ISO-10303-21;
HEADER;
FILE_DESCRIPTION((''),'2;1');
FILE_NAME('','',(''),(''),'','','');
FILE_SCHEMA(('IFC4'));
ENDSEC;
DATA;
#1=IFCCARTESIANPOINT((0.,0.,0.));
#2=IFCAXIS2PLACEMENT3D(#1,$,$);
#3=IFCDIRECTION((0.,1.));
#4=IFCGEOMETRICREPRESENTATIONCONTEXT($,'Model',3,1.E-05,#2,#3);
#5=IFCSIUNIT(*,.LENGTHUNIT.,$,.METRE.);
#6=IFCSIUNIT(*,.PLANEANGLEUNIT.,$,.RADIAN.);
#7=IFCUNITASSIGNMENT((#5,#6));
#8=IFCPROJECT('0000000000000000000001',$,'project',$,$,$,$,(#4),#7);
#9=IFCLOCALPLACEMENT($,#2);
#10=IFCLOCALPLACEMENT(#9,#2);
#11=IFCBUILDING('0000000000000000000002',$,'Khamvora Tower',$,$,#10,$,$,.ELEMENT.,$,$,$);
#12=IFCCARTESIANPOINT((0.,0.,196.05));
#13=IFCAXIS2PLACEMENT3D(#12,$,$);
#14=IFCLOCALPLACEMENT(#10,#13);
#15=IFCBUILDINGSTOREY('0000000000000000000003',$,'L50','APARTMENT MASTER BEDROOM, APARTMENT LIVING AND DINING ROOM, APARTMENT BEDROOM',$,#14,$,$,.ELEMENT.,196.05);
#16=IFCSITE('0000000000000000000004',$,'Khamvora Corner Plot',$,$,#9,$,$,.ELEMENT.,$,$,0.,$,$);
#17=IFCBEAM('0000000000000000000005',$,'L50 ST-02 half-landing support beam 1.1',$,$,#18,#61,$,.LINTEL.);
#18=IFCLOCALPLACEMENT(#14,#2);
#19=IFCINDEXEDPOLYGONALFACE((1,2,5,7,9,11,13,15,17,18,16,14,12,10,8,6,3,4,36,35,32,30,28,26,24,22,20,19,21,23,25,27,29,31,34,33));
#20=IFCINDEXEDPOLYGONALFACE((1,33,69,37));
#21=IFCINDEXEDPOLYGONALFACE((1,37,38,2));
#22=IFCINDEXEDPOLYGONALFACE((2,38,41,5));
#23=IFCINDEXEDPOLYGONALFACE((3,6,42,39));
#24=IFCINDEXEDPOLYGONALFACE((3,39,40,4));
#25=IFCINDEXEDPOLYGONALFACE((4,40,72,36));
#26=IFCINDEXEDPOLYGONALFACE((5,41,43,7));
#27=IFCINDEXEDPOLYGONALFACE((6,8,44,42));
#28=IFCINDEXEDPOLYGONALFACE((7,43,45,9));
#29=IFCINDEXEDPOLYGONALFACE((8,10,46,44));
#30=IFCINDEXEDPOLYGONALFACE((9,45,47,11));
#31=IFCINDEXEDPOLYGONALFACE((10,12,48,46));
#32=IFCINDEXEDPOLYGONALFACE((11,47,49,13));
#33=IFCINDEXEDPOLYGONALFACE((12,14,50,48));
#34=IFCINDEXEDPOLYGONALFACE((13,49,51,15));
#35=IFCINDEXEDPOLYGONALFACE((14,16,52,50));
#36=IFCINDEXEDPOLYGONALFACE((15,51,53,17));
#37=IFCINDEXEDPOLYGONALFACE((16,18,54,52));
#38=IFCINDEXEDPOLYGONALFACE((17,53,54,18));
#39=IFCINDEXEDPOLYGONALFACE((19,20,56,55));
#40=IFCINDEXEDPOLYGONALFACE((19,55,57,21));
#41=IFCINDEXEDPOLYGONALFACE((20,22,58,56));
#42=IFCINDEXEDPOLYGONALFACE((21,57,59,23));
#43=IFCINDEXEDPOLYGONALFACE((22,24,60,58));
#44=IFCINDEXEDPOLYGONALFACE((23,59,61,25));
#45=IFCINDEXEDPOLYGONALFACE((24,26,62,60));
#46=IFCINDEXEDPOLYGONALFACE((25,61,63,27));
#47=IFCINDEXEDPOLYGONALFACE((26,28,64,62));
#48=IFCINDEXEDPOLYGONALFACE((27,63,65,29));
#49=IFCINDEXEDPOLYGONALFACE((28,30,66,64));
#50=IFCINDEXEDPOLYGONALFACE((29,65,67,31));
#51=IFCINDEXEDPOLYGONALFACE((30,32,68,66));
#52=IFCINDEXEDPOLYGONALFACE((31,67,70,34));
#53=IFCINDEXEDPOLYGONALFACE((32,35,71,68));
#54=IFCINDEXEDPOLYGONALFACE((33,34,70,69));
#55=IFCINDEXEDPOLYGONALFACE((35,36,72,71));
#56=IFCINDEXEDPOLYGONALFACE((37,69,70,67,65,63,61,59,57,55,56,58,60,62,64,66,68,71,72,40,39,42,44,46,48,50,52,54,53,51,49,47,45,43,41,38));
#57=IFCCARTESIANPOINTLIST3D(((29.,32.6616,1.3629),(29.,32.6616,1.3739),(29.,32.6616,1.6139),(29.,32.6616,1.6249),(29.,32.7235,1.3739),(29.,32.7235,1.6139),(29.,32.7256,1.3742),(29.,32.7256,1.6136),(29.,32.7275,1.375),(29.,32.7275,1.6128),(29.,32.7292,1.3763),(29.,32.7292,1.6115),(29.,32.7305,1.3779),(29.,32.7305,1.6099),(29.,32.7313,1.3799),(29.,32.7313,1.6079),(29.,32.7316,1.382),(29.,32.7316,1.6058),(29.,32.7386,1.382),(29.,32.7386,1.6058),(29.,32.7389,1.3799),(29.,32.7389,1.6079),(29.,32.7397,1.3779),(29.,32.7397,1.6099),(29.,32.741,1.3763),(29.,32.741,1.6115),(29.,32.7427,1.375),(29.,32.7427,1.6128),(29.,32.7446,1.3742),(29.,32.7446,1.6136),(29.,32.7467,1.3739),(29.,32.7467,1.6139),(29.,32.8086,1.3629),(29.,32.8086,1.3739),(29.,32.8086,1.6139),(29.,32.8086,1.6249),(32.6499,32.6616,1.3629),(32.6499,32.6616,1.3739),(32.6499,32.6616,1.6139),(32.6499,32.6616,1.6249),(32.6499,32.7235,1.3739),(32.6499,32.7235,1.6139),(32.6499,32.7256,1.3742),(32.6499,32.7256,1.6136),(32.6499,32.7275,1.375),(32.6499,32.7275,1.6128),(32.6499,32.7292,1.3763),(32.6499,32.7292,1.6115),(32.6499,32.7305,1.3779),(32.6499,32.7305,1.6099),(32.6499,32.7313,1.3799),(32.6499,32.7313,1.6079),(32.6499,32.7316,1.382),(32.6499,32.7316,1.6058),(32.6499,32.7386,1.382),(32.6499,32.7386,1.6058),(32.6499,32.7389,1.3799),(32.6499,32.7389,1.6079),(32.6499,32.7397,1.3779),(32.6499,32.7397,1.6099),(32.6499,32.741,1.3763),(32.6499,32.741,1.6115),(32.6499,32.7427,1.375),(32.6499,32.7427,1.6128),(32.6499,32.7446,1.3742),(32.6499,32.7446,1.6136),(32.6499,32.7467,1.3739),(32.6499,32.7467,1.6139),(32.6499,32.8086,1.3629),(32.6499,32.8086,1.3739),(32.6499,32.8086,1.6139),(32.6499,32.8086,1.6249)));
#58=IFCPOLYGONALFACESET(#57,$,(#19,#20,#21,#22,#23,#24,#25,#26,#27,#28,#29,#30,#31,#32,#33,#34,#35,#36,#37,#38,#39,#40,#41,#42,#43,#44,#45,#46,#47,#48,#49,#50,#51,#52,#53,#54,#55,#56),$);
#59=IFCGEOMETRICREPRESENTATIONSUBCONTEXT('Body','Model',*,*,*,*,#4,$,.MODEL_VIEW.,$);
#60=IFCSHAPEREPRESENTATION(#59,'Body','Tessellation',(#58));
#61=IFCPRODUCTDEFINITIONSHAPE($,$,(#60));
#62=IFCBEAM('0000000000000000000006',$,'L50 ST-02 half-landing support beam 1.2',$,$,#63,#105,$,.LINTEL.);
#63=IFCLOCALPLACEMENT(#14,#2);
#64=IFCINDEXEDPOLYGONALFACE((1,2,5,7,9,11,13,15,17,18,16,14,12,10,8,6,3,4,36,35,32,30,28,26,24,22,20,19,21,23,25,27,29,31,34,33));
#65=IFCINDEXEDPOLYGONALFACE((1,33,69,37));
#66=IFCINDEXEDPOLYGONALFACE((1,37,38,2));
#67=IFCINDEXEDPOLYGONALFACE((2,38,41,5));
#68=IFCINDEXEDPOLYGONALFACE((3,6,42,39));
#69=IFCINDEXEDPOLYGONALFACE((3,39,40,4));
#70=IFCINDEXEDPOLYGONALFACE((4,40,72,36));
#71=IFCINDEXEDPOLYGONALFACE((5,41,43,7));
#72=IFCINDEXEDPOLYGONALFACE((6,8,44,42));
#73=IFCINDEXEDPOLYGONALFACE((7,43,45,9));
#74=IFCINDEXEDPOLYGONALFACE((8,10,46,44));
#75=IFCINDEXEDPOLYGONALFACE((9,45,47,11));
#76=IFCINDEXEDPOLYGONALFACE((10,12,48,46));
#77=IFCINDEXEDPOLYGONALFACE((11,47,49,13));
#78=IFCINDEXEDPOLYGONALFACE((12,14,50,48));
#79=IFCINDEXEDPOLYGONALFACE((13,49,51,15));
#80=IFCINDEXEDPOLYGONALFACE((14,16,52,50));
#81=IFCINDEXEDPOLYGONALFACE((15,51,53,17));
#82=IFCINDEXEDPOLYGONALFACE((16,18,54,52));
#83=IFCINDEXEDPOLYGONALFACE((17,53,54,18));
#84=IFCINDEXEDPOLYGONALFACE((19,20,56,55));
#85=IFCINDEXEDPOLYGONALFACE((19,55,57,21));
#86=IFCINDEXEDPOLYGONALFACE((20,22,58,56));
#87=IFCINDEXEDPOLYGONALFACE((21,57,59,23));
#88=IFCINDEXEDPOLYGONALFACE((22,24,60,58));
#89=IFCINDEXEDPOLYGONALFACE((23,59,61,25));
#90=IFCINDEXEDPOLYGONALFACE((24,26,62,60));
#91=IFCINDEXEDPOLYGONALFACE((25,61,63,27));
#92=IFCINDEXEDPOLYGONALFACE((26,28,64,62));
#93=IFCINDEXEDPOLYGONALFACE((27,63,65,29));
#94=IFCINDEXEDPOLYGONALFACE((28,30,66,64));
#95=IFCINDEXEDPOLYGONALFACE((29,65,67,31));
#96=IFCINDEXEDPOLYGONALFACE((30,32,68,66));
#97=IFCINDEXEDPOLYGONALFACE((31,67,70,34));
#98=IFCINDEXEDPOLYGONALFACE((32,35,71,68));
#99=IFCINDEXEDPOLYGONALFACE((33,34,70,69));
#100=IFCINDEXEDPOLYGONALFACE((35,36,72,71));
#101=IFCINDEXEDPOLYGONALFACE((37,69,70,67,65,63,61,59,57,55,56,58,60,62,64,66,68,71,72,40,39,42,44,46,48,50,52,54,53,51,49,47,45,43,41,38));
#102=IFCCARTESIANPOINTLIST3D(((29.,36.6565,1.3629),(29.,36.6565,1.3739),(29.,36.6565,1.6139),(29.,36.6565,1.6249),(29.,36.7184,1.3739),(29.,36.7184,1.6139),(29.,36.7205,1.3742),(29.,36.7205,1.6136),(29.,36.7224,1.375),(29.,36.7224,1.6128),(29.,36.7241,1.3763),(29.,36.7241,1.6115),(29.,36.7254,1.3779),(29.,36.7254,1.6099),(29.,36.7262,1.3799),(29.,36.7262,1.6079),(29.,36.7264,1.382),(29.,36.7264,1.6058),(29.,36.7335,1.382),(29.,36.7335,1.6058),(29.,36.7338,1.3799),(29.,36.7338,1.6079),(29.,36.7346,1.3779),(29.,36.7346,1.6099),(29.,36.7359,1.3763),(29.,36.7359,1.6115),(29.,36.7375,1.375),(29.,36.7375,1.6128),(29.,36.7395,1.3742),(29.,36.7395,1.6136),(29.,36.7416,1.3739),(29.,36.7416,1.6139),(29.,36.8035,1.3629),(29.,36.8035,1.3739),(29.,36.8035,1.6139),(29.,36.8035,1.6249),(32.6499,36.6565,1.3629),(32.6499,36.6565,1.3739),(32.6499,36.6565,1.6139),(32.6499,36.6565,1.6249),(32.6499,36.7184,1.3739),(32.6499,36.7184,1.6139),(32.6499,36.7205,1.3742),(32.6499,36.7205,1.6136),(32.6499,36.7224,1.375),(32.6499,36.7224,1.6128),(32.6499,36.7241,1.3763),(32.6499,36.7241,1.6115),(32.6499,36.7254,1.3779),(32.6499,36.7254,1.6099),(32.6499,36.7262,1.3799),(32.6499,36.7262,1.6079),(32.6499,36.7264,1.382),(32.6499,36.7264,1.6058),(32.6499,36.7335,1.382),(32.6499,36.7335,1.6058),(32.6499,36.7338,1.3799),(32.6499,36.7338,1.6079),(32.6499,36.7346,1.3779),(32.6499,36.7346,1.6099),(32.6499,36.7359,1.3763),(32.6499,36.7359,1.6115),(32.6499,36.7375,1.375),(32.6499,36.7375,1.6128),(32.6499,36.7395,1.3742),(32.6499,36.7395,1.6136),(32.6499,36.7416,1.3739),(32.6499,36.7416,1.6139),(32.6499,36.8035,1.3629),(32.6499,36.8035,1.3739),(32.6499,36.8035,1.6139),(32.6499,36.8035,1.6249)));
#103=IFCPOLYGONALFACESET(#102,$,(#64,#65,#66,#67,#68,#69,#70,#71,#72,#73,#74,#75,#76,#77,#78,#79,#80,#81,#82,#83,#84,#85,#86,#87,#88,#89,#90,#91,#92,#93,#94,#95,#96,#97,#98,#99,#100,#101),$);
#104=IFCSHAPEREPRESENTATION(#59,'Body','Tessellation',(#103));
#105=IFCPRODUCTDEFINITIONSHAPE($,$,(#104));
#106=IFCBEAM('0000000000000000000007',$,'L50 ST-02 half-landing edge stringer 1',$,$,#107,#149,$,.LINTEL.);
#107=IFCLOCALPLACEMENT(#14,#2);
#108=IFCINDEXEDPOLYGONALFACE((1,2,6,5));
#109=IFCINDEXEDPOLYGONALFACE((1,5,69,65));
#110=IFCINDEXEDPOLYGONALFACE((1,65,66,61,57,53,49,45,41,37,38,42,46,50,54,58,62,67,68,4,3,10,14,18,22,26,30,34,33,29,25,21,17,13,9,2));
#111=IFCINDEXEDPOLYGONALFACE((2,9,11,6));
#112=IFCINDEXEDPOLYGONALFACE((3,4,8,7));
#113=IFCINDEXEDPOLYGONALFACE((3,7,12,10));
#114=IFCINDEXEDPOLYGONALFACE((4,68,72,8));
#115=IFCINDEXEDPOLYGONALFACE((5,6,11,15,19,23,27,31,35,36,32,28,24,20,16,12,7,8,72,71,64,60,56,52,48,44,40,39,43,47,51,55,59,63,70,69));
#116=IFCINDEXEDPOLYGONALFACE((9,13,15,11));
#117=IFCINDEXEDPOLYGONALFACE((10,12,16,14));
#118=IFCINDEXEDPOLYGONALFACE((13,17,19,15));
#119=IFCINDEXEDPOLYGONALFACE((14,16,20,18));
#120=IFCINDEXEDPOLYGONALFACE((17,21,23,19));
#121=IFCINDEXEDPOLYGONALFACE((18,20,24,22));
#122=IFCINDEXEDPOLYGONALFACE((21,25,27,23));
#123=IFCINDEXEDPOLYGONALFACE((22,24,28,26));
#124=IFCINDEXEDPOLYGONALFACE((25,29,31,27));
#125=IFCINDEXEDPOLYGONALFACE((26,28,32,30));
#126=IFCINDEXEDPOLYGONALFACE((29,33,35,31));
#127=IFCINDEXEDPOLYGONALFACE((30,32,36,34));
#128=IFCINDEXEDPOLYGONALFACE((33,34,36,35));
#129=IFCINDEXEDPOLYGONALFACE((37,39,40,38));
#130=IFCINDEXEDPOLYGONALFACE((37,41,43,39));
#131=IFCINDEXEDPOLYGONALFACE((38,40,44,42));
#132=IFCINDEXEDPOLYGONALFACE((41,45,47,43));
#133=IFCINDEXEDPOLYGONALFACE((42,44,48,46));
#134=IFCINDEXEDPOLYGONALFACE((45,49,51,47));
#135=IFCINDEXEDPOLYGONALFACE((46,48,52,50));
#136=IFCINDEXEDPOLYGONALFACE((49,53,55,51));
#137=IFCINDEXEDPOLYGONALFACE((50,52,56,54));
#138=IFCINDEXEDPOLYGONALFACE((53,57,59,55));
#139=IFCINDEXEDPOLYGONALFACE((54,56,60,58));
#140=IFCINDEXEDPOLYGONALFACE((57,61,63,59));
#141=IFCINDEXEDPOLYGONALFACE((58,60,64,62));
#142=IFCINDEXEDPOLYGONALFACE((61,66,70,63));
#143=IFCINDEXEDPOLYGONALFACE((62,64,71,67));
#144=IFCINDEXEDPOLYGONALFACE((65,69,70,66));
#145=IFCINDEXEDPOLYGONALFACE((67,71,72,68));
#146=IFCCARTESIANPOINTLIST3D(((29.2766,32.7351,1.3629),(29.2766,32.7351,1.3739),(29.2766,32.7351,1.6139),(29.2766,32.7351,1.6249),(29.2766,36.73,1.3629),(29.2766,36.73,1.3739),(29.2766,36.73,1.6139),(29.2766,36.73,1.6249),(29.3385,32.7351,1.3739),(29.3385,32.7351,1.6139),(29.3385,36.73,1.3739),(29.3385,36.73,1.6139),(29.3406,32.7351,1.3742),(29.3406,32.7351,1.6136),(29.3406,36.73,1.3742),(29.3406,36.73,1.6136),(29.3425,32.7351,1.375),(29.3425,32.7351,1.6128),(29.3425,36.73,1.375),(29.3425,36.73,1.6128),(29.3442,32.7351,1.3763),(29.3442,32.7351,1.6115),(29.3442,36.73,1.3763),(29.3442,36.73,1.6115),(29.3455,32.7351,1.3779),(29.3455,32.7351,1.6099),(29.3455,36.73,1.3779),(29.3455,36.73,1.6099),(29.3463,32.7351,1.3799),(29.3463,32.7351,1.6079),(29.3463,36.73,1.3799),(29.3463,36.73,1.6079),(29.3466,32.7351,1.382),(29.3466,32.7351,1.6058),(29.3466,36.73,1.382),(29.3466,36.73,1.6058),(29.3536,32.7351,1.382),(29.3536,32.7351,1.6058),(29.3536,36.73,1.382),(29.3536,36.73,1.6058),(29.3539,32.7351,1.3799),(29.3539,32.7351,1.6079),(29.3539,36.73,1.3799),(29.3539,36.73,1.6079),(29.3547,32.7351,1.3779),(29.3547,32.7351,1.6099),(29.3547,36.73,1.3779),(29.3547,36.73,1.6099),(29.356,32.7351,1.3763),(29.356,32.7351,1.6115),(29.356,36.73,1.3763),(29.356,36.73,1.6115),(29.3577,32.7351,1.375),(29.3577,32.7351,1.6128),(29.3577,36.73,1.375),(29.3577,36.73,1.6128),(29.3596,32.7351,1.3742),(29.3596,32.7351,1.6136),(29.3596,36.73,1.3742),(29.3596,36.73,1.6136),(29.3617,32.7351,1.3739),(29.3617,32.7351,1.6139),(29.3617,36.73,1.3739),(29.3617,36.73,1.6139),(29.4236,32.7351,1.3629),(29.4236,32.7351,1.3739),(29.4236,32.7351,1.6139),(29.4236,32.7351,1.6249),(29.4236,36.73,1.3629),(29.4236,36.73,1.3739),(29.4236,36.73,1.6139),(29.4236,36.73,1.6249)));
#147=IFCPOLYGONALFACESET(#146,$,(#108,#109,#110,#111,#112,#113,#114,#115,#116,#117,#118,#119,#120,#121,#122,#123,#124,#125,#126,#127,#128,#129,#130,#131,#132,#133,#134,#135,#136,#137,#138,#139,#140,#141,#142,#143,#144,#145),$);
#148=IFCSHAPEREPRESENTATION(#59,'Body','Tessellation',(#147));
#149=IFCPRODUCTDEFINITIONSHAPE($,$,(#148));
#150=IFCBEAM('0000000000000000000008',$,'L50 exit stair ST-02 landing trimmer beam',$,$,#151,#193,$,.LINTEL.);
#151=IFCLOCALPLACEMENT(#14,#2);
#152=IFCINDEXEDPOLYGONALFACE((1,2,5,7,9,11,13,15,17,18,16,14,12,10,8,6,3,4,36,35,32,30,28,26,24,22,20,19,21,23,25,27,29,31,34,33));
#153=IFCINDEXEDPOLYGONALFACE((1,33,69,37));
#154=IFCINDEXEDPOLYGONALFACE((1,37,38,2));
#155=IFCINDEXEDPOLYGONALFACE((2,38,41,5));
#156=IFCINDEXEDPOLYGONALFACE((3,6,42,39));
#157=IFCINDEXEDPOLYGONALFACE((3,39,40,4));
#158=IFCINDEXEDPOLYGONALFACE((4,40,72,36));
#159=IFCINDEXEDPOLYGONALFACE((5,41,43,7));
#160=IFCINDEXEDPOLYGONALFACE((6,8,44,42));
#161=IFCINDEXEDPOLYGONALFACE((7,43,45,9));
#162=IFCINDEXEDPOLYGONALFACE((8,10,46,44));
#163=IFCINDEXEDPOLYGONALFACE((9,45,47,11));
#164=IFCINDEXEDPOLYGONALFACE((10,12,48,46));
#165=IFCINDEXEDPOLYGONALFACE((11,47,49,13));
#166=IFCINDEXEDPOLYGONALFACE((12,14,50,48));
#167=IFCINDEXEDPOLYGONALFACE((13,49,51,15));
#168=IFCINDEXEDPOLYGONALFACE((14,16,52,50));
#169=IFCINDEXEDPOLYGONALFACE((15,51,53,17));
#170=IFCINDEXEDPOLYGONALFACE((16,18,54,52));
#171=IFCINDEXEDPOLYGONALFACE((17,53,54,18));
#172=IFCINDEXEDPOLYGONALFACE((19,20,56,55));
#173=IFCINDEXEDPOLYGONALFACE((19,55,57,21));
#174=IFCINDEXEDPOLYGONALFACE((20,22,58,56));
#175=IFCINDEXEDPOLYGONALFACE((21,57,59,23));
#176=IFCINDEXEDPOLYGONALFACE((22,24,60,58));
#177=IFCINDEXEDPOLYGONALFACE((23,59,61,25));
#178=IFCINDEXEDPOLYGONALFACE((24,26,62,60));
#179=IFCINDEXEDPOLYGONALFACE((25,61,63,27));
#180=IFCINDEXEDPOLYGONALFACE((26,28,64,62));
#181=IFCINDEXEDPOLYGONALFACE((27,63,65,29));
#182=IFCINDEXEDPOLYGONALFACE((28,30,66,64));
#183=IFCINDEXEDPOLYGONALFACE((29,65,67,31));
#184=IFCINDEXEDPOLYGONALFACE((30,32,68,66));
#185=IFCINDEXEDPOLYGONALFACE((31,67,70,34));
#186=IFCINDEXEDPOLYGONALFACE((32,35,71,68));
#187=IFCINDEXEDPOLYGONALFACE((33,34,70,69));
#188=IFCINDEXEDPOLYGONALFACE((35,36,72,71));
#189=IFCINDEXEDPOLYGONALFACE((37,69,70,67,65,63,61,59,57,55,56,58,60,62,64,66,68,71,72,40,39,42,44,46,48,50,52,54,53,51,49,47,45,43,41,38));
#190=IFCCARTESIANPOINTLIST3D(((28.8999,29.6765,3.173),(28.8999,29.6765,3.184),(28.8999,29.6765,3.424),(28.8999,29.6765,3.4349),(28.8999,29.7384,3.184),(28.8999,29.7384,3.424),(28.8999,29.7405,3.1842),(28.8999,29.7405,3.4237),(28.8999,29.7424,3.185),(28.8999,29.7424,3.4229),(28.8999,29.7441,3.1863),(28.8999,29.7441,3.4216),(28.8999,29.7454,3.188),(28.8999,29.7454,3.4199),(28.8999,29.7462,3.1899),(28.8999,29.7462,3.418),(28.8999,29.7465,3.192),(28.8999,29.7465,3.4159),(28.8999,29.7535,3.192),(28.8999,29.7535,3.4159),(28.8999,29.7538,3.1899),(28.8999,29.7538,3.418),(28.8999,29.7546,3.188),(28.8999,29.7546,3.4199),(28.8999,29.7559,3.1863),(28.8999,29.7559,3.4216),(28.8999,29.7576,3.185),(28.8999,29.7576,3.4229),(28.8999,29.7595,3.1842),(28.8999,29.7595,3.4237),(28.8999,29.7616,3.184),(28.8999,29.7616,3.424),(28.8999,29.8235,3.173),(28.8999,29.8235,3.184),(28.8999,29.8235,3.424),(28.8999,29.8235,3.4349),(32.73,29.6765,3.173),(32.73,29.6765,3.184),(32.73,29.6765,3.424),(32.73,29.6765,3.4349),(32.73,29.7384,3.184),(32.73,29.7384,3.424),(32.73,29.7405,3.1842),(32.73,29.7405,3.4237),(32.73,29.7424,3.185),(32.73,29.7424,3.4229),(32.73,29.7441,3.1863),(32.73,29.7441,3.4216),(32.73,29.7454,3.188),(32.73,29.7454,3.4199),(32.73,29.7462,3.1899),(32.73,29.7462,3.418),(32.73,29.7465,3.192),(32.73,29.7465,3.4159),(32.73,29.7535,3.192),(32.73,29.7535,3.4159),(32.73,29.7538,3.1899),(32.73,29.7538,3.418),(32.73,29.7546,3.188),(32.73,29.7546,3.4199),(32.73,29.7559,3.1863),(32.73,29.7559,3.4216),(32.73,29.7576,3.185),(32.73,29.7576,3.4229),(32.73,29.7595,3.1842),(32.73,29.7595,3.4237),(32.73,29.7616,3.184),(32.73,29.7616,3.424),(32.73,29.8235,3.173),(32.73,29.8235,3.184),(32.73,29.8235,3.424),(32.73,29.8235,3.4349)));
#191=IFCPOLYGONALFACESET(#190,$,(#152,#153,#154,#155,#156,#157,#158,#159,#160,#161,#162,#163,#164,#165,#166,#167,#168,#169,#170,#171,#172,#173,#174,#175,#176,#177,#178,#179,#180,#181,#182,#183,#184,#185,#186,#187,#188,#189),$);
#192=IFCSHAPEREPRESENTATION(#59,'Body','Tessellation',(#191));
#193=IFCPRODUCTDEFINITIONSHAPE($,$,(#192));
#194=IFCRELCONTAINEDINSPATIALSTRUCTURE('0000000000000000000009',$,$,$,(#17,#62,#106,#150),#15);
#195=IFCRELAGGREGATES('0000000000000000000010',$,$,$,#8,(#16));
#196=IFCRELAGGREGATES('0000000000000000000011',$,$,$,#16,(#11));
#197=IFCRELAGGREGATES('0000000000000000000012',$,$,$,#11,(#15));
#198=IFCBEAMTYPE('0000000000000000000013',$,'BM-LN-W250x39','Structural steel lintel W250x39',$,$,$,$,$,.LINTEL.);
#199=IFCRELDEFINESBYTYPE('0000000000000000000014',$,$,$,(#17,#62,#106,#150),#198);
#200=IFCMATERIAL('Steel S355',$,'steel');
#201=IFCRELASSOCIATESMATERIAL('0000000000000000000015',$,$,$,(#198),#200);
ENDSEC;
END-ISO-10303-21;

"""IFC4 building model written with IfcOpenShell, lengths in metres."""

from ifc_helpers import new_model, si_unit, direction, frame, origin, origin_2d, place, context, subcontext, project, spatial, i_section, extrude, material, material_profile, profile_set, type_object, element, save


model = new_model("IFC4")

# Units and contexts
model_context = context("Model", 3, precision=1e-05, world=origin(), true_north=direction((0.0, 1.0)))
body_context = subcontext(model_context, "Body", "Model", "MODEL_VIEW")
ifc_project = project(units=[si_unit("LENGTHUNIT", "METRE"), si_unit("PLANEANGLEUNIT", "RADIAN")], contexts=[model_context])

# Site, building, storey
site_placement = place(None, origin())
site = spatial("IfcSite", under=ifc_project, at=site_placement, Name="Khamvora Corner Plot", CompositionType="ELEMENT", RefElevation=0.0)
building_placement = place(site_placement, origin())
building = spatial("IfcBuilding", under=site, at=building_placement, Name="Khamvora Tower", CompositionType="ELEMENT")
storey_placement = place(building_placement, frame((0.0, 0.0, 196.05)))
storey = spatial("IfcBuildingStorey", under=building, at=storey_placement, Name="L50", Description="APARTMENT MASTER BEDROOM, APARTMENT LIVING AND DINING ROOM, APARTMENT BEDROOM", CompositionType="ELEMENT", Elevation=196.05)

# Beams
ifc_material_1 = material(Name="Steel S355", Category="steel")
ifc_material_profile = material_profile(ifc_material_1, i_section(OverallWidth=0.147, OverallDepth=0.262, WebThickness=0.0071, FlangeThickness=0.011, FilletRadius=0.0081, at=origin_2d()), Name="W250x39")
ifc_profile_set = profile_set([ifc_material_profile], Name="Steel S355")
beam_type = type_object("IfcBeamType", Name="BM-LN-W250x39", Description="Structural steel lintel W250x39", PredefinedType="LINTEL", material=ifc_profile_set)
for number, where, z_axis, x_axis, name in (
    (1, (29.0, 32.7351, 1.4939), (1.0, 0.0, 0.0), (0.0, 1.0, 0.0), "L50 ST-02 half-landing support beam 1.1"),
    (2, (29.0, 36.73, 1.4939), (1.0, 0.0, 0.0), (0.0, 1.0, 0.0), "L50 ST-02 half-landing support beam 1.2"),
):
    element("IfcBeam", number, at=place(storey_placement, frame(where, z_axis=z_axis, x_axis=x_axis)), inside=storey, type_object=beam_type, Name=name, PredefinedType="LINTEL", context=body_context, shape_type="SweptSolid", body=[
        extrude(i_section(OverallWidth=0.147, OverallDepth=0.262, WebThickness=0.0071, FlangeThickness=0.011, FilletRadius=0.0081, at=origin_2d()), origin(), (0.0, 0.0, 1.0), 3.6499),
    ])
beam_1_placement = place(storey_placement, frame((29.3501, 32.7351, 1.4939), z_axis=(0.0, 1.0, 0.0), x_axis=(-1.0, 0.0, 0.0)))
element("IfcBeam", 3, at=beam_1_placement, inside=storey, type_object=beam_type, Name="L50 ST-02 half-landing edge stringer 1", PredefinedType="LINTEL", context=body_context, shape_type="SweptSolid", body=[
    extrude(i_section(OverallWidth=0.147, OverallDepth=0.262, WebThickness=0.0071, FlangeThickness=0.011, FilletRadius=0.0081, at=origin_2d()), origin(), (0.0, 0.0, 1.0), 3.9949),
])
beam_2_placement = place(storey_placement, frame((28.8999, 29.75, 3.304), z_axis=(1.0, 0.0, 0.0), x_axis=(0.0, 1.0, 0.0)))
element("IfcBeam", 4, at=beam_2_placement, inside=storey, type_object=beam_type, Name="L50 exit stair ST-02 landing trimmer beam", PredefinedType="LINTEL", context=body_context, shape_type="SweptSolid", body=[
    extrude(i_section(OverallWidth=0.147, OverallDepth=0.262, WebThickness=0.0071, FlangeThickness=0.011, FilletRadius=0.0081, at=origin_2d()), origin(), (0.0, 0.0, 1.0), 3.8301),
])

save(model, "model.ifc")
